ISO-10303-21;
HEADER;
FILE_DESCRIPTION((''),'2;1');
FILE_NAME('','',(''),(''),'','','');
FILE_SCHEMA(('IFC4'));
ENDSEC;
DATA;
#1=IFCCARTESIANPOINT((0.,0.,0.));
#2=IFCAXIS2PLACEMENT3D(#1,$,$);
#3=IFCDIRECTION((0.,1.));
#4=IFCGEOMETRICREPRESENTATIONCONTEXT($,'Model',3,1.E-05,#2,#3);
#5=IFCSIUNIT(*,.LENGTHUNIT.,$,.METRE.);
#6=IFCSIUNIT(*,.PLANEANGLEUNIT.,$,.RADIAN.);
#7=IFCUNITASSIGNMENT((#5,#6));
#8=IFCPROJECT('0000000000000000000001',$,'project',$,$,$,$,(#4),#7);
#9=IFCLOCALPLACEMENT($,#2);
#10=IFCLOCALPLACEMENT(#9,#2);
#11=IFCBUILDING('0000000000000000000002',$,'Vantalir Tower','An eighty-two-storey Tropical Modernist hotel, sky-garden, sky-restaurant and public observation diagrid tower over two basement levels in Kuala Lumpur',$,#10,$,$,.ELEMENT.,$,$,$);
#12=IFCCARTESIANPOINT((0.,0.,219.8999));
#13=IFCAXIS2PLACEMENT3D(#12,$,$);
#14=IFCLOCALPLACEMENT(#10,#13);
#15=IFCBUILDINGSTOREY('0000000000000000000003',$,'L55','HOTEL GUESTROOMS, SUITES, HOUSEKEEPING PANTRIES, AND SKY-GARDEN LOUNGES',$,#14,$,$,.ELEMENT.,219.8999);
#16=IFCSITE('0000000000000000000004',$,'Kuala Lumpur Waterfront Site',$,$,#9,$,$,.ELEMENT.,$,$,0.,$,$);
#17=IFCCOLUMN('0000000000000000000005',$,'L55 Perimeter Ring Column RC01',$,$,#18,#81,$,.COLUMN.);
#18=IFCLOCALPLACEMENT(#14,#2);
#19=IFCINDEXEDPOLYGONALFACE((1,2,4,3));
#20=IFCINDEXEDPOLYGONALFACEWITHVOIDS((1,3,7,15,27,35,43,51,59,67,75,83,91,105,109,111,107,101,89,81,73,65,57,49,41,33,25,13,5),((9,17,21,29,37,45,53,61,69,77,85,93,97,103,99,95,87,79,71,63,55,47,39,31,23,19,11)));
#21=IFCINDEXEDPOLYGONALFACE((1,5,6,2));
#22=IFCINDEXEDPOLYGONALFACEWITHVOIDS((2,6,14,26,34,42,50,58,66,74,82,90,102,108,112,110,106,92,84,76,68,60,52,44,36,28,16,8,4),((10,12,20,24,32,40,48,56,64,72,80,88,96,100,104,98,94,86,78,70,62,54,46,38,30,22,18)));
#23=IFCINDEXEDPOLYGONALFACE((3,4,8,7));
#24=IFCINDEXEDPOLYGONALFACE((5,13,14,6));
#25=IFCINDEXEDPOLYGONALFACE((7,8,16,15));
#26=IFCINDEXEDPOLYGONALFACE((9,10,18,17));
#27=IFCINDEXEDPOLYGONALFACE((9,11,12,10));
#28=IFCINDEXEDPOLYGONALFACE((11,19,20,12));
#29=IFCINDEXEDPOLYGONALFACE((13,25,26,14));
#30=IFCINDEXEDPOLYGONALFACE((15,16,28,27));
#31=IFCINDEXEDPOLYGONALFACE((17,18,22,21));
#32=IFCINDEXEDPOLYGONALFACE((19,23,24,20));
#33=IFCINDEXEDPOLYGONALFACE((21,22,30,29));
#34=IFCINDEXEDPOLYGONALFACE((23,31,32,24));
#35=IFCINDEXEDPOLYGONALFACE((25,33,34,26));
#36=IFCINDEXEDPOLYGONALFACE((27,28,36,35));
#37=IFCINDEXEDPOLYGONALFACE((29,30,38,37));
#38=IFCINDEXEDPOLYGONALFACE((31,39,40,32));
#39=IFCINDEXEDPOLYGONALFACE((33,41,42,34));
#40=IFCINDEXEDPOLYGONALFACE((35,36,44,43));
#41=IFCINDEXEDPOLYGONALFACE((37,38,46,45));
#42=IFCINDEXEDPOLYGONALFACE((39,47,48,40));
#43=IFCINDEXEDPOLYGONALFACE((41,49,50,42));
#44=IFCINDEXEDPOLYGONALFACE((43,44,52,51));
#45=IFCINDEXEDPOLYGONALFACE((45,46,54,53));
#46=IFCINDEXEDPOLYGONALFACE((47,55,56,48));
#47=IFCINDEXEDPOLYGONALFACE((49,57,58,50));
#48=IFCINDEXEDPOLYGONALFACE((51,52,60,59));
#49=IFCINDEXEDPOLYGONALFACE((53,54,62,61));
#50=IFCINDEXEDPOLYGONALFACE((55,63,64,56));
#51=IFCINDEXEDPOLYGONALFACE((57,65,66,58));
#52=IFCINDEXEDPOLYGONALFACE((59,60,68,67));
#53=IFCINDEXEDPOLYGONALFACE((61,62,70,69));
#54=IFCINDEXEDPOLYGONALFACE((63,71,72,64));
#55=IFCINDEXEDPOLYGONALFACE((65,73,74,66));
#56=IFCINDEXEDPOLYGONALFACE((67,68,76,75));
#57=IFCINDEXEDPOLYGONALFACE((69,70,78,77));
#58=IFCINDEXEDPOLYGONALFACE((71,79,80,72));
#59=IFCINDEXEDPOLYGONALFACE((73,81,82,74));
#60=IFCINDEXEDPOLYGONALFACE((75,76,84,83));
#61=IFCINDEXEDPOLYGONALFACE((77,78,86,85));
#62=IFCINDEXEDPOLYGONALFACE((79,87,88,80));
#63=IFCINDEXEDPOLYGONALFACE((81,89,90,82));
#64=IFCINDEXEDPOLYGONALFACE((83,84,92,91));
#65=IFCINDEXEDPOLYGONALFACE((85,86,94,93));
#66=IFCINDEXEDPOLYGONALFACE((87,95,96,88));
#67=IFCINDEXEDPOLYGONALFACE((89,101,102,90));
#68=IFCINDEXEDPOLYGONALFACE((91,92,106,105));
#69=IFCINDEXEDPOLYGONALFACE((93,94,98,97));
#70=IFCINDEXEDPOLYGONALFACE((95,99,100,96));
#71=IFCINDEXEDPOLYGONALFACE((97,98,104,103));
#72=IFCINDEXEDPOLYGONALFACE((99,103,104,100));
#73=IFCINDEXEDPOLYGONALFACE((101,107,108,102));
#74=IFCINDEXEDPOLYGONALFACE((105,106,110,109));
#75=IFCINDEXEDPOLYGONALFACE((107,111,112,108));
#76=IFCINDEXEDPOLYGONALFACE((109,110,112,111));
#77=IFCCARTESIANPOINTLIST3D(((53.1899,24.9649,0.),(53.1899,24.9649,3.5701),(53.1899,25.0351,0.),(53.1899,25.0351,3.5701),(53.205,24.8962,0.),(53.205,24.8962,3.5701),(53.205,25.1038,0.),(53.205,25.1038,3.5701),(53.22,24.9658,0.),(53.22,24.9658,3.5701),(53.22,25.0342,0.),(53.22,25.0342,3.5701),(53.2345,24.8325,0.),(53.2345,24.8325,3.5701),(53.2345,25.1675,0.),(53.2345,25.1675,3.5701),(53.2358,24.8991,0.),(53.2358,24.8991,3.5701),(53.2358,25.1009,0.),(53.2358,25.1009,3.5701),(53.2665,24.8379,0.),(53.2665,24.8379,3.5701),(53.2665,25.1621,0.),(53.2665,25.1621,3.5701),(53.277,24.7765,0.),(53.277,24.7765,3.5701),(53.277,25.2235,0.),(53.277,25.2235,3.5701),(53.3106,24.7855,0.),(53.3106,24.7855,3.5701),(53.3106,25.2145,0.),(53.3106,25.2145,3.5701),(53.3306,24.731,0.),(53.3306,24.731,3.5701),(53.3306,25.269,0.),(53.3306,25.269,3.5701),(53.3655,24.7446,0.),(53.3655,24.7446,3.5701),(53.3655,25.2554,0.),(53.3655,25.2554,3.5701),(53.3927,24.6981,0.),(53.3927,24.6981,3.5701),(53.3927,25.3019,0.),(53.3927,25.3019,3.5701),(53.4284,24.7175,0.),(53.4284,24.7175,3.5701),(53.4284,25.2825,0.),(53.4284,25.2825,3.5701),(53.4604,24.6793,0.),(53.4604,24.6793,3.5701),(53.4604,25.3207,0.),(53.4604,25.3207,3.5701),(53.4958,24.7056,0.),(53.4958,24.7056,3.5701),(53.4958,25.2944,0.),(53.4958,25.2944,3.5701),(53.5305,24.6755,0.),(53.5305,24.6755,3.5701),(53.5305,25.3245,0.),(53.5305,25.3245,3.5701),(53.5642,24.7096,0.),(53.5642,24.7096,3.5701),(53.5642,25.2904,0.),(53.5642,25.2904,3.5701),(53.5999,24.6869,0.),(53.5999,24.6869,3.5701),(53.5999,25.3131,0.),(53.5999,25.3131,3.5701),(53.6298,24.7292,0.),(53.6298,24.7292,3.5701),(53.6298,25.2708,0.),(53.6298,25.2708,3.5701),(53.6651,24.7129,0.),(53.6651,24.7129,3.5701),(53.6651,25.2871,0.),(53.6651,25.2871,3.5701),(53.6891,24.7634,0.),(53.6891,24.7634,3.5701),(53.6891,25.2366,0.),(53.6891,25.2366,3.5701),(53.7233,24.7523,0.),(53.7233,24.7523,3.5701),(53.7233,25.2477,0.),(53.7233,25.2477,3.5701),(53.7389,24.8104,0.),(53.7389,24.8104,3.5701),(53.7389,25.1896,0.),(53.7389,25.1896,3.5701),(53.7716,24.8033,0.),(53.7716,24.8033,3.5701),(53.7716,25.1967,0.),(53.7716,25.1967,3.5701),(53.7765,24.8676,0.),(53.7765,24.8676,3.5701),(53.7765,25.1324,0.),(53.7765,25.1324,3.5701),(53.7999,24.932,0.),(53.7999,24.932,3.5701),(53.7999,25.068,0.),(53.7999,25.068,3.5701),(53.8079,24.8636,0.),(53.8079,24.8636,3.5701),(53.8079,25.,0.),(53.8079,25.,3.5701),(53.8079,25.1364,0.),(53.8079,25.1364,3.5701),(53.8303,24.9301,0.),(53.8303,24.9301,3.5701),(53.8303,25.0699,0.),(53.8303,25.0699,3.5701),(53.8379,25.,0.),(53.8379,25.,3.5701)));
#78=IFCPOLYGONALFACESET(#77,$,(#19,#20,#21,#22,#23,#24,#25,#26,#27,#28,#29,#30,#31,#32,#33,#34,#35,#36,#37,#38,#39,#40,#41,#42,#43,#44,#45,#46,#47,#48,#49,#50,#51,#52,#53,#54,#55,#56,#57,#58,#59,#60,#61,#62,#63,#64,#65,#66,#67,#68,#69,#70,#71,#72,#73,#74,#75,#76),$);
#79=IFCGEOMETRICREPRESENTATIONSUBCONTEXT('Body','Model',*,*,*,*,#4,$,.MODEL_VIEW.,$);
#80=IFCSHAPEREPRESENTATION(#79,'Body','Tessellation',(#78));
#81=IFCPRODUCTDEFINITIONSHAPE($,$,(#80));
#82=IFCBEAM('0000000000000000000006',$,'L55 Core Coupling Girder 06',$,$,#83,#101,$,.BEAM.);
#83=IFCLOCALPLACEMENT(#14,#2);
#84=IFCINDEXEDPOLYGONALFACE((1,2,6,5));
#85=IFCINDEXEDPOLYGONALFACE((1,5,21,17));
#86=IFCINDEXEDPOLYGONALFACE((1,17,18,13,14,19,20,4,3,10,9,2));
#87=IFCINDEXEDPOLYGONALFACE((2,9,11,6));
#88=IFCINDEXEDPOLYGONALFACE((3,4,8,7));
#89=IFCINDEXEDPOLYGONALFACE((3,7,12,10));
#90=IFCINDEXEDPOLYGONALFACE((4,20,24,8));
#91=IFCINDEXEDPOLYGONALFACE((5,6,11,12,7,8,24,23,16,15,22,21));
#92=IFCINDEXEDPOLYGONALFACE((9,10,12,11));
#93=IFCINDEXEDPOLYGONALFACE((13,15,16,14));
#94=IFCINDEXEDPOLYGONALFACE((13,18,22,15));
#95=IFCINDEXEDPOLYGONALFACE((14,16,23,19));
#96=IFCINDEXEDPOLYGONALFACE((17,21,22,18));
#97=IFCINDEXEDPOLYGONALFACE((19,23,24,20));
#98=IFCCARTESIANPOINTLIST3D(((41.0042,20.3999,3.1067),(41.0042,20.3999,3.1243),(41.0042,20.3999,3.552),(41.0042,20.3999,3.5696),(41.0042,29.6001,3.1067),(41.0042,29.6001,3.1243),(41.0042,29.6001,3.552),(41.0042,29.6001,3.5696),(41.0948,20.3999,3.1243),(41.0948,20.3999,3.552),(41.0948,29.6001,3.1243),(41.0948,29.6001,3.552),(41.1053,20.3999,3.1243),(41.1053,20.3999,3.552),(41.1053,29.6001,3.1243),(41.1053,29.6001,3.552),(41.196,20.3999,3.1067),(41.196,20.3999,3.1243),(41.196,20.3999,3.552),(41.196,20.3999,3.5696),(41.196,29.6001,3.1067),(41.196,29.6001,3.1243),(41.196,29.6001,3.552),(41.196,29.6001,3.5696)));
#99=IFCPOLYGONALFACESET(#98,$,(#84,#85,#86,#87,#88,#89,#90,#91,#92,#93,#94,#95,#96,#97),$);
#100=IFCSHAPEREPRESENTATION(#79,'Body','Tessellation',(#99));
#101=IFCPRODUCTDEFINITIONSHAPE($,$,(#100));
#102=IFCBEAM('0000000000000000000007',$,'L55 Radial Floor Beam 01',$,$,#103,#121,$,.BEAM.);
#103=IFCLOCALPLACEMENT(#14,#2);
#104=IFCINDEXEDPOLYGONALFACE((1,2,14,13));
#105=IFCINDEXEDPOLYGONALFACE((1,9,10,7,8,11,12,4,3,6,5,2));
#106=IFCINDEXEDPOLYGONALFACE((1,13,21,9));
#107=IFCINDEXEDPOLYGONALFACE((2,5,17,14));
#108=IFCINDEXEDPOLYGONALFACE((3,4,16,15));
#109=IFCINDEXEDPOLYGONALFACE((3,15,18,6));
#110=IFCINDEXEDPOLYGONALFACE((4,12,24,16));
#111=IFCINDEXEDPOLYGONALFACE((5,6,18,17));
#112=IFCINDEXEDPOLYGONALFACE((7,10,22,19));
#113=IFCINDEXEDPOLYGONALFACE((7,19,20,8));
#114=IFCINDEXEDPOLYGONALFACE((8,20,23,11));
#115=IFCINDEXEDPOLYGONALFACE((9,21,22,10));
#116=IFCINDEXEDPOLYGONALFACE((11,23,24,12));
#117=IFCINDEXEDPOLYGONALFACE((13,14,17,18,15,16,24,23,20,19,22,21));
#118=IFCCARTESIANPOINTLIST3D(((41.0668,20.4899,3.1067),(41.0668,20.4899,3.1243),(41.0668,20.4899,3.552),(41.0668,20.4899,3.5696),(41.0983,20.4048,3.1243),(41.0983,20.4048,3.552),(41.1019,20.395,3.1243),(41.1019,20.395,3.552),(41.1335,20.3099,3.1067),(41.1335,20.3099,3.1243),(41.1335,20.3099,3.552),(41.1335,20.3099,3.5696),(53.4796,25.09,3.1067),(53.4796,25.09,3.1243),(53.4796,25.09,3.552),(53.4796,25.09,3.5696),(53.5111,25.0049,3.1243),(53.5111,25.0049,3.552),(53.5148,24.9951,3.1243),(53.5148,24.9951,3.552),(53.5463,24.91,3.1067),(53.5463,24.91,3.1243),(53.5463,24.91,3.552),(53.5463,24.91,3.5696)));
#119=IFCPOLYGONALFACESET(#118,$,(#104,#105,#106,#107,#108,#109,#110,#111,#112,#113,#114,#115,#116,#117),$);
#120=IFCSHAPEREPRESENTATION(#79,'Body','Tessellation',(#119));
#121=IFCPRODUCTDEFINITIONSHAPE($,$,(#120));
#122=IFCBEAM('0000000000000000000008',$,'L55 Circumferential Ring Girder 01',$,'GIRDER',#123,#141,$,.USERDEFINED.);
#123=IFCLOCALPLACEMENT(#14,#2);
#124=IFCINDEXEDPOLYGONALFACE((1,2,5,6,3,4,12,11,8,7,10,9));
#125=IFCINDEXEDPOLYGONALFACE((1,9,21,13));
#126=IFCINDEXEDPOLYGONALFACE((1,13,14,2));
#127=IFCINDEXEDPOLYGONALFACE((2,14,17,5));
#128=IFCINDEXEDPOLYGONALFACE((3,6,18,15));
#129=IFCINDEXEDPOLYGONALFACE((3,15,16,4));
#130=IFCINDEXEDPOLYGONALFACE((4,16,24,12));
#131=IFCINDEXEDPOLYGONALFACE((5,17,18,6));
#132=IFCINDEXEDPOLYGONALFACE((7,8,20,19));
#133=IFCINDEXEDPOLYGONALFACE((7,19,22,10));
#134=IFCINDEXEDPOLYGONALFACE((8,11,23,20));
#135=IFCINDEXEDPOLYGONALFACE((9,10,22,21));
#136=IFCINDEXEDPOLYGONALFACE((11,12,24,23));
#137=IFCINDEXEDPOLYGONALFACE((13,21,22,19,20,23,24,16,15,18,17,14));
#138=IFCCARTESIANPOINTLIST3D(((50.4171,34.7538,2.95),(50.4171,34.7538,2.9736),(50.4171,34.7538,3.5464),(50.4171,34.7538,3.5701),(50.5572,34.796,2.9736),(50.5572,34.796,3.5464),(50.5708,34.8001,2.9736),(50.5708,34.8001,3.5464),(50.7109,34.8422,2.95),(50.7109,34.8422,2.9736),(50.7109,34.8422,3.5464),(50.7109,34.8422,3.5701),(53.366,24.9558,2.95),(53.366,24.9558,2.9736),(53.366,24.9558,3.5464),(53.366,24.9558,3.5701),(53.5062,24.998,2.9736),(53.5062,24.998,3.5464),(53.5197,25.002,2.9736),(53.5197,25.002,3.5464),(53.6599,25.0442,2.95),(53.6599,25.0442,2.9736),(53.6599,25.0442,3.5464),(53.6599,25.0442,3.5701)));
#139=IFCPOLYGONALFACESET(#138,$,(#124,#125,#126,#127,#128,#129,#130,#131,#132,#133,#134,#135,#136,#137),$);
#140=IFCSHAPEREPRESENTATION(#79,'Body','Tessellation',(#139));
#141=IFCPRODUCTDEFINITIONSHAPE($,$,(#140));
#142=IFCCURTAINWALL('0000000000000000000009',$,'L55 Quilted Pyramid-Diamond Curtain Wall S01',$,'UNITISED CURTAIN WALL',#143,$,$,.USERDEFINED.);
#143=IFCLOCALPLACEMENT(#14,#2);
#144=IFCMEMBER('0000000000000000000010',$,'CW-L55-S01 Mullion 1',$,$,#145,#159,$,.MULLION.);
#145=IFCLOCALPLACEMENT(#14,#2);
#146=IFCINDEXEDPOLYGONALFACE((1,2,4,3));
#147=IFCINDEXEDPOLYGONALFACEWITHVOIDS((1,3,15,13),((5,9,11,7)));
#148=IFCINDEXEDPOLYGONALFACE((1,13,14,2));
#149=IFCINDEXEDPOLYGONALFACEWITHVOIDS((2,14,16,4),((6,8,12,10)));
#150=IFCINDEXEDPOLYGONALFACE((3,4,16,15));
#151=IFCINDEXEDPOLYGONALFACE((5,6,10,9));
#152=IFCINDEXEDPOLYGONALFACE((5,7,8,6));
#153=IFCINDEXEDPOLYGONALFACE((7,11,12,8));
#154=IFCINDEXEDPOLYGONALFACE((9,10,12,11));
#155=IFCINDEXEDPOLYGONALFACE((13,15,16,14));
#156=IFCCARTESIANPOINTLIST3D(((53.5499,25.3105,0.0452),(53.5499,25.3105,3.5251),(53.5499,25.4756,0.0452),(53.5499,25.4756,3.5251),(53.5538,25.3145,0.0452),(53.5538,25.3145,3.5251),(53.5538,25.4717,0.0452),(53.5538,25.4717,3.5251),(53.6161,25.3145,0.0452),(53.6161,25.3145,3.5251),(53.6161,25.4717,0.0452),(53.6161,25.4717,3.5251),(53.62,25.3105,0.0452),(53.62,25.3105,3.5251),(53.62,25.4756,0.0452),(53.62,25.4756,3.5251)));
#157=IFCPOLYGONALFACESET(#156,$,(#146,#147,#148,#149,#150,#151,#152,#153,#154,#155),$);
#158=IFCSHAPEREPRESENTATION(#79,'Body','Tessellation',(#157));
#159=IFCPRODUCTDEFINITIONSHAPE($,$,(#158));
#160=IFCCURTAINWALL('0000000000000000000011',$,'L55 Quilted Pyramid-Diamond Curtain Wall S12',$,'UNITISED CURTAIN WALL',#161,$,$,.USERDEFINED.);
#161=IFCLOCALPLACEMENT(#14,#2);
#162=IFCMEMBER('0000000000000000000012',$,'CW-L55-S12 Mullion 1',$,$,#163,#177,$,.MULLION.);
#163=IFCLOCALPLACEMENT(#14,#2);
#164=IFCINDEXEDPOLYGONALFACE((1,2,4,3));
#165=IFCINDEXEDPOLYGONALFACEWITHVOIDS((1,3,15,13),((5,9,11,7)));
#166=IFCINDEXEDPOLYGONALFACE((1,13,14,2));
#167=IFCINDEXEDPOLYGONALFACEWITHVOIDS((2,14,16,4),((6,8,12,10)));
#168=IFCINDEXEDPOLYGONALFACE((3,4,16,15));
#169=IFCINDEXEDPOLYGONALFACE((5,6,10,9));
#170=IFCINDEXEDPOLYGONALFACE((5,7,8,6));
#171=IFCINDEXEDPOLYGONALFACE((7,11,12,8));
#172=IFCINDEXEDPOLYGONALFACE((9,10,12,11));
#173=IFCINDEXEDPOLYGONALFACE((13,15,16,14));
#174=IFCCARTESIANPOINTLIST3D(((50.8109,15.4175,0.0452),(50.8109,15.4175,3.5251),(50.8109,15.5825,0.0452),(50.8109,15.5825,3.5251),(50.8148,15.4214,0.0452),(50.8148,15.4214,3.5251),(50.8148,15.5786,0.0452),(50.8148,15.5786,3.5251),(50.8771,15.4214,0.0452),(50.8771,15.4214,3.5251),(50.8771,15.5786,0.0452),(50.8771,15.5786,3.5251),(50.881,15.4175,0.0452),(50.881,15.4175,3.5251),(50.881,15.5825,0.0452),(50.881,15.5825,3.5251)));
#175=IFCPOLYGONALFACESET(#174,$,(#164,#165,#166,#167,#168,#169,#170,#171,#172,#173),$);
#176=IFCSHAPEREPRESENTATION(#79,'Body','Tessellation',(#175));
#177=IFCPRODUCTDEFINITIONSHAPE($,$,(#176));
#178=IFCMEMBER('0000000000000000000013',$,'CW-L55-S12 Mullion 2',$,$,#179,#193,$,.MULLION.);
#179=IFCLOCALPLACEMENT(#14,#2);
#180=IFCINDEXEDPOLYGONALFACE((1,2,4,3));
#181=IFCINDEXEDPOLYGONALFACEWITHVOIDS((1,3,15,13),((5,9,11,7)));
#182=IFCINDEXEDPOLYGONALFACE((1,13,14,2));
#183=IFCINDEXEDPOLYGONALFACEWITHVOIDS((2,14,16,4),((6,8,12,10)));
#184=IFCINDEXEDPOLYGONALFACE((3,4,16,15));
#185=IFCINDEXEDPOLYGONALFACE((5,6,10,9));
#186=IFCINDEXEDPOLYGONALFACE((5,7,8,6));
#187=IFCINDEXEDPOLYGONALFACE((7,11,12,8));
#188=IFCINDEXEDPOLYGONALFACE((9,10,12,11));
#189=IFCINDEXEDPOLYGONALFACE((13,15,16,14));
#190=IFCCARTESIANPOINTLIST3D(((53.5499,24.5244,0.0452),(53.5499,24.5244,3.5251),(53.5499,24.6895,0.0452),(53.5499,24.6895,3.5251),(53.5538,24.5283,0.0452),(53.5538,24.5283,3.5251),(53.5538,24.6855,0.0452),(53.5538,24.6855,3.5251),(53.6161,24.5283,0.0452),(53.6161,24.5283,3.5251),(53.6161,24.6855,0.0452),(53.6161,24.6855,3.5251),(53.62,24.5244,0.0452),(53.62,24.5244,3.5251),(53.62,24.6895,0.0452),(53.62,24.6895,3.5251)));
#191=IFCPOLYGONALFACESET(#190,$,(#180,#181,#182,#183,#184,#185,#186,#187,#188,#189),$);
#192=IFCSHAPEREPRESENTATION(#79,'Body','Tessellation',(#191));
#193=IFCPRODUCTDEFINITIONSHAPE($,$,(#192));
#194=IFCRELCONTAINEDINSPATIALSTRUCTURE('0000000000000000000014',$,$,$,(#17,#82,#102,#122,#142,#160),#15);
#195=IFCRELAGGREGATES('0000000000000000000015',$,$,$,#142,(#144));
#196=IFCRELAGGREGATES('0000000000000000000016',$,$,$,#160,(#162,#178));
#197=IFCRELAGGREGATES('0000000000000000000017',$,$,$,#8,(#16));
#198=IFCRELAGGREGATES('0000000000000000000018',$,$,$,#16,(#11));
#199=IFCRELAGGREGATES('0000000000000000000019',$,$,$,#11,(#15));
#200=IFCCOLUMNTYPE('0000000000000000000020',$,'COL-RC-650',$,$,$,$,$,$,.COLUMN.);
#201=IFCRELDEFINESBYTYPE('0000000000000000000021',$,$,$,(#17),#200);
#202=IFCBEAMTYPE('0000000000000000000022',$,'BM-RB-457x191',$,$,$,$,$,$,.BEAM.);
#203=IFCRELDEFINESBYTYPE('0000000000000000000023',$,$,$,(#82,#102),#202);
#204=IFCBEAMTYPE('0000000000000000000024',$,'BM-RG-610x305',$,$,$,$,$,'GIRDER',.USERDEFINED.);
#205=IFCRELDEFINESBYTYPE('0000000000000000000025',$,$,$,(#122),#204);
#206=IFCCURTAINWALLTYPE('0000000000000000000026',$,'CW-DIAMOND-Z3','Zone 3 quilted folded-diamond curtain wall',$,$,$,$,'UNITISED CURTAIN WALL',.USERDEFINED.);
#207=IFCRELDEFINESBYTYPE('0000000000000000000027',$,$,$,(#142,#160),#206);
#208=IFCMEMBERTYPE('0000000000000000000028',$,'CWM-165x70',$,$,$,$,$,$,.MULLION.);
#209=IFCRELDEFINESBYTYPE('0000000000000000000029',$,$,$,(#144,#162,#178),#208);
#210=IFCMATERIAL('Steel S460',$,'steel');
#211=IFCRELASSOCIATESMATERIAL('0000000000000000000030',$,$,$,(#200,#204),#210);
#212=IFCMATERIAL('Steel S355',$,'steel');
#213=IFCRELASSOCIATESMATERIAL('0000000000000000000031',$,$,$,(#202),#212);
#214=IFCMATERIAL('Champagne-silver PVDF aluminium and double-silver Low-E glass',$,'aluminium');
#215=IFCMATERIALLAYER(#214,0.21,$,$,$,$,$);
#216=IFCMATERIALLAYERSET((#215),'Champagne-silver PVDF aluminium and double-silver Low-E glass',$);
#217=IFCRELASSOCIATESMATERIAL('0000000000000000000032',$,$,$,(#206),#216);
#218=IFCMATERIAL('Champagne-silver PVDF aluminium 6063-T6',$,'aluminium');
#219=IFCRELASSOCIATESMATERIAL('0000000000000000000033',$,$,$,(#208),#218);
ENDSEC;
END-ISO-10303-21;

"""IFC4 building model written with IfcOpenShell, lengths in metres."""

from ifc_helpers import new_model, si_unit, direction, frame, origin, origin_2d, place, context, subcontext, project, spatial, hollow_rectangle, hollow_circle, i_section, extrude, material, layer, layer_set, material_profile, profile_set, type_object, element, aggregate, save


model = new_model("IFC4")

# Units and contexts
model_context = context("Model", 3, precision=1e-05, world=origin(), true_north=direction((0.0, 1.0)))
body_context = subcontext(model_context, "Body", "Model", "MODEL_VIEW")
ifc_project = project(units=[si_unit("LENGTHUNIT", "METRE"), si_unit("PLANEANGLEUNIT", "RADIAN")], contexts=[model_context])

# Site, building, storey
site_placement = place(None, origin())
site = spatial("IfcSite", under=ifc_project, at=site_placement, Name="Kuala Lumpur Waterfront Site", CompositionType="ELEMENT", RefElevation=0.0)
building_placement = place(site_placement, origin())
building = spatial("IfcBuilding", under=site, at=building_placement, Name="Vantalir Tower", Description="An eighty-two-storey Tropical Modernist hotel, sky-garden, sky-restaurant and public observation diagrid tower over two basement levels in Kuala Lumpur", CompositionType="ELEMENT")
storey_placement = place(building_placement, frame((0.0, 0.0, 219.8999)))
storey = spatial("IfcBuildingStorey", under=building, at=storey_placement, Name="L55", Description="HOTEL GUESTROOMS, SUITES, HOUSEKEEPING PANTRIES, AND SKY-GARDEN LOUNGES", CompositionType="ELEMENT", Elevation=219.8999)

# Column
ifc_material_1 = material(Name="Steel S460", Category="steel")
ifc_material_profile_1 = material_profile(ifc_material_1, hollow_circle(Radius=0.325, WallThickness=0.03, at=origin_2d()), Name="Steel S460")
ifc_profile_set_1 = profile_set([ifc_material_profile_1], Name="Steel S460")
column_type = type_object("IfcColumnType", Name="COL-RC-650", PredefinedType="COLUMN", material=ifc_profile_set_1)
column_placement = place(storey_placement, frame((53.5129, 25.0, 0.0), z_axis=(0.0, 0.0, 1.0), x_axis=(1.0, 0.0, 0.0)))
element("IfcColumn", 1, at=column_placement, inside=storey, type_object=column_type, Name="L55 Perimeter Ring Column RC01", PredefinedType="COLUMN", context=body_context, shape_type="SweptSolid", body=[
    extrude(hollow_circle(Radius=0.325, WallThickness=0.03, at=origin_2d()), origin(), (0.0, 0.0, 1.0), 3.5701),
])

# Beams
ifc_material_2 = material(Name="Steel S355", Category="steel")
ifc_material_profile_2 = material_profile(ifc_material_2, i_section(OverallWidth=0.1919, OverallDepth=0.4629, WebThickness=0.0105, FlangeThickness=0.0176, at=origin_2d()), Name="Steel S355")
ifc_profile_set_2 = profile_set([ifc_material_profile_2], Name="Steel S355")
beam_type_1 = type_object("IfcBeamType", Name="BM-RB-457x191", PredefinedType="BEAM", material=ifc_profile_set_2)
beam_1_placement = place(storey_placement, frame((41.1001, 20.3999, 3.3381), z_axis=(0.0, 1.0, 0.0), x_axis=(-1.0, 0.0, 0.0)))
element("IfcBeam", 2, at=beam_1_placement, inside=storey, type_object=beam_type_1, Name="L55 Core Coupling Girder 06", PredefinedType="BEAM", context=body_context, shape_type="SweptSolid", body=[
    extrude(i_section(OverallWidth=0.1919, OverallDepth=0.4629, WebThickness=0.0105, FlangeThickness=0.0176, at=origin_2d()), origin(), (0.0, 0.0, 1.0), 9.2002),
])
beam_2_placement = place(storey_placement, frame((53.5129, 25.0, 3.3381), z_axis=(-0.937681, -0.347497, 0.0), x_axis=(0.347497, -0.937681, 0.0)))
element("IfcBeam", 3, at=beam_2_placement, inside=storey, type_object=beam_type_1, Name="L55 Radial Floor Beam 01", PredefinedType="BEAM", context=body_context, shape_type="SweptSolid", body=[
    extrude(i_section(OverallWidth=0.1919, OverallDepth=0.4629, WebThickness=0.0105, FlangeThickness=0.0176, at=origin_2d()), origin(), (0.0, 0.0, 1.0), 13.2378),
])
ifc_material_profile_3 = material_profile(ifc_material_1, i_section(OverallWidth=0.3069, OverallDepth=0.6201, WebThickness=0.0142, FlangeThickness=0.0237, at=origin_2d()), Name="Steel S460")
ifc_profile_set_3 = profile_set([ifc_material_profile_3], Name="Steel S460")
beam_type_2 = type_object("IfcBeamType", Name="BM-RG-610x305", ElementType="GIRDER", PredefinedType="USERDEFINED", material=ifc_profile_set_3)
beam_3_placement = place(storey_placement, frame((53.5129, 25.0, 3.26), z_axis=(-0.288204, 0.957569, 0.0), x_axis=(-0.957569, -0.288204, 0.0)))
element("IfcBeam", 4, at=beam_3_placement, inside=storey, type_object=beam_type_2, Name="L55 Circumferential Ring Girder 01", ObjectType="GIRDER", PredefinedType="USERDEFINED", context=body_context, shape_type="SweptSolid", body=[
    extrude(i_section(OverallWidth=0.3069, OverallDepth=0.6201, WebThickness=0.0142, FlangeThickness=0.0237, at=origin_2d()), origin(), (0.0, 0.0, 1.0), 10.2322),
])

# Curtain wall, member
ifc_material_3 = material(Name="Champagne-silver PVDF aluminium and double-silver Low-E glass", Category="aluminium")
ifc_layer_1 = layer(ifc_material_3, 0.21)
ifc_layer_set_1 = layer_set([ifc_layer_1], Name="Champagne-silver PVDF aluminium and double-silver Low-E glass")
curtain_wall_type = type_object("IfcCurtainWallType", Name="CW-DIAMOND-Z3", Description="Zone 3 quilted folded-diamond curtain wall", ElementType="UNITISED CURTAIN WALL", PredefinedType="USERDEFINED", material=ifc_layer_set_1)
curtain_wall_1_placement = place(storey_placement, origin())
curtain_wall_1 = element("IfcCurtainWall", 5, at=curtain_wall_1_placement, inside=storey, type_object=curtain_wall_type, Name="L55 Quilted Pyramid-Diamond Curtain Wall S01", ObjectType="UNITISED CURTAIN WALL", PredefinedType="USERDEFINED")
ifc_material_4 = material(Name="Champagne-silver PVDF aluminium 6063-T6", Category="aluminium")
ifc_material_profile_4 = material_profile(ifc_material_4, hollow_rectangle(XDim=0.0701, YDim=0.165, WallThickness=0.0039, at=origin_2d()), Name="Champagne-silver PVDF aluminium 6063-T6")
ifc_profile_set_4 = profile_set([ifc_material_profile_4], Name="Champagne-silver PVDF aluminium 6063-T6")
member_type_1 = type_object("IfcMemberType", Name="CWM-165x70", PredefinedType="MULLION", material=ifc_profile_set_4)
member_1_placement = place(storey_placement, frame((53.585, 25.3931, 0.0452), z_axis=(0.0, 0.0, 1.0), x_axis=(1.0, 0.0, 0.0)))
member_1 = element("IfcMember", 6, at=member_1_placement, type_object=member_type_1, Name="CW-L55-S01 Mullion 1", PredefinedType="MULLION", context=body_context, shape_type="SweptSolid", body=[
    extrude(hollow_rectangle(XDim=0.0701, YDim=0.165, WallThickness=0.0039, at=origin_2d()), origin(), (0.0, 0.0, 1.0), 3.48),
])
aggregate(curtain_wall_1, [member_1])

# Curtain wall, members
curtain_wall_2_placement = place(storey_placement, origin())
curtain_wall_2 = element("IfcCurtainWall", 7, at=curtain_wall_2_placement, inside=storey, type_object=curtain_wall_type, Name="L55 Quilted Pyramid-Diamond Curtain Wall S12", ObjectType="UNITISED CURTAIN WALL", PredefinedType="USERDEFINED")
member_2_placement = place(storey_placement, frame((50.8459, 15.5, 0.0452), z_axis=(0.0, 0.0, 1.0), x_axis=(1.0, 0.0, 0.0)))
member_2 = element("IfcMember", 8, at=member_2_placement, type_object=member_type_1, Name="CW-L55-S12 Mullion 1", PredefinedType="MULLION", context=body_context, shape_type="SweptSolid", body=[
    extrude(hollow_rectangle(XDim=0.0701, YDim=0.165, WallThickness=0.0039, at=origin_2d()), origin(), (0.0, 0.0, 1.0), 3.48),
])
member_3_placement = place(storey_placement, frame((53.585, 24.6069, 0.0452), z_axis=(0.0, 0.0, 1.0), x_axis=(1.0, 0.0, 0.0)))
member_3 = element("IfcMember", 9, at=member_3_placement, type_object=member_type_1, Name="CW-L55-S12 Mullion 2", PredefinedType="MULLION", context=body_context, shape_type="SweptSolid", body=[
    extrude(hollow_rectangle(XDim=0.0701, YDim=0.165, WallThickness=0.0039, at=origin_2d()), origin(), (0.0, 0.0, 1.0), 3.48),
])
aggregate(curtain_wall_2, [member_2, member_3])

save(model, "model.ifc")
